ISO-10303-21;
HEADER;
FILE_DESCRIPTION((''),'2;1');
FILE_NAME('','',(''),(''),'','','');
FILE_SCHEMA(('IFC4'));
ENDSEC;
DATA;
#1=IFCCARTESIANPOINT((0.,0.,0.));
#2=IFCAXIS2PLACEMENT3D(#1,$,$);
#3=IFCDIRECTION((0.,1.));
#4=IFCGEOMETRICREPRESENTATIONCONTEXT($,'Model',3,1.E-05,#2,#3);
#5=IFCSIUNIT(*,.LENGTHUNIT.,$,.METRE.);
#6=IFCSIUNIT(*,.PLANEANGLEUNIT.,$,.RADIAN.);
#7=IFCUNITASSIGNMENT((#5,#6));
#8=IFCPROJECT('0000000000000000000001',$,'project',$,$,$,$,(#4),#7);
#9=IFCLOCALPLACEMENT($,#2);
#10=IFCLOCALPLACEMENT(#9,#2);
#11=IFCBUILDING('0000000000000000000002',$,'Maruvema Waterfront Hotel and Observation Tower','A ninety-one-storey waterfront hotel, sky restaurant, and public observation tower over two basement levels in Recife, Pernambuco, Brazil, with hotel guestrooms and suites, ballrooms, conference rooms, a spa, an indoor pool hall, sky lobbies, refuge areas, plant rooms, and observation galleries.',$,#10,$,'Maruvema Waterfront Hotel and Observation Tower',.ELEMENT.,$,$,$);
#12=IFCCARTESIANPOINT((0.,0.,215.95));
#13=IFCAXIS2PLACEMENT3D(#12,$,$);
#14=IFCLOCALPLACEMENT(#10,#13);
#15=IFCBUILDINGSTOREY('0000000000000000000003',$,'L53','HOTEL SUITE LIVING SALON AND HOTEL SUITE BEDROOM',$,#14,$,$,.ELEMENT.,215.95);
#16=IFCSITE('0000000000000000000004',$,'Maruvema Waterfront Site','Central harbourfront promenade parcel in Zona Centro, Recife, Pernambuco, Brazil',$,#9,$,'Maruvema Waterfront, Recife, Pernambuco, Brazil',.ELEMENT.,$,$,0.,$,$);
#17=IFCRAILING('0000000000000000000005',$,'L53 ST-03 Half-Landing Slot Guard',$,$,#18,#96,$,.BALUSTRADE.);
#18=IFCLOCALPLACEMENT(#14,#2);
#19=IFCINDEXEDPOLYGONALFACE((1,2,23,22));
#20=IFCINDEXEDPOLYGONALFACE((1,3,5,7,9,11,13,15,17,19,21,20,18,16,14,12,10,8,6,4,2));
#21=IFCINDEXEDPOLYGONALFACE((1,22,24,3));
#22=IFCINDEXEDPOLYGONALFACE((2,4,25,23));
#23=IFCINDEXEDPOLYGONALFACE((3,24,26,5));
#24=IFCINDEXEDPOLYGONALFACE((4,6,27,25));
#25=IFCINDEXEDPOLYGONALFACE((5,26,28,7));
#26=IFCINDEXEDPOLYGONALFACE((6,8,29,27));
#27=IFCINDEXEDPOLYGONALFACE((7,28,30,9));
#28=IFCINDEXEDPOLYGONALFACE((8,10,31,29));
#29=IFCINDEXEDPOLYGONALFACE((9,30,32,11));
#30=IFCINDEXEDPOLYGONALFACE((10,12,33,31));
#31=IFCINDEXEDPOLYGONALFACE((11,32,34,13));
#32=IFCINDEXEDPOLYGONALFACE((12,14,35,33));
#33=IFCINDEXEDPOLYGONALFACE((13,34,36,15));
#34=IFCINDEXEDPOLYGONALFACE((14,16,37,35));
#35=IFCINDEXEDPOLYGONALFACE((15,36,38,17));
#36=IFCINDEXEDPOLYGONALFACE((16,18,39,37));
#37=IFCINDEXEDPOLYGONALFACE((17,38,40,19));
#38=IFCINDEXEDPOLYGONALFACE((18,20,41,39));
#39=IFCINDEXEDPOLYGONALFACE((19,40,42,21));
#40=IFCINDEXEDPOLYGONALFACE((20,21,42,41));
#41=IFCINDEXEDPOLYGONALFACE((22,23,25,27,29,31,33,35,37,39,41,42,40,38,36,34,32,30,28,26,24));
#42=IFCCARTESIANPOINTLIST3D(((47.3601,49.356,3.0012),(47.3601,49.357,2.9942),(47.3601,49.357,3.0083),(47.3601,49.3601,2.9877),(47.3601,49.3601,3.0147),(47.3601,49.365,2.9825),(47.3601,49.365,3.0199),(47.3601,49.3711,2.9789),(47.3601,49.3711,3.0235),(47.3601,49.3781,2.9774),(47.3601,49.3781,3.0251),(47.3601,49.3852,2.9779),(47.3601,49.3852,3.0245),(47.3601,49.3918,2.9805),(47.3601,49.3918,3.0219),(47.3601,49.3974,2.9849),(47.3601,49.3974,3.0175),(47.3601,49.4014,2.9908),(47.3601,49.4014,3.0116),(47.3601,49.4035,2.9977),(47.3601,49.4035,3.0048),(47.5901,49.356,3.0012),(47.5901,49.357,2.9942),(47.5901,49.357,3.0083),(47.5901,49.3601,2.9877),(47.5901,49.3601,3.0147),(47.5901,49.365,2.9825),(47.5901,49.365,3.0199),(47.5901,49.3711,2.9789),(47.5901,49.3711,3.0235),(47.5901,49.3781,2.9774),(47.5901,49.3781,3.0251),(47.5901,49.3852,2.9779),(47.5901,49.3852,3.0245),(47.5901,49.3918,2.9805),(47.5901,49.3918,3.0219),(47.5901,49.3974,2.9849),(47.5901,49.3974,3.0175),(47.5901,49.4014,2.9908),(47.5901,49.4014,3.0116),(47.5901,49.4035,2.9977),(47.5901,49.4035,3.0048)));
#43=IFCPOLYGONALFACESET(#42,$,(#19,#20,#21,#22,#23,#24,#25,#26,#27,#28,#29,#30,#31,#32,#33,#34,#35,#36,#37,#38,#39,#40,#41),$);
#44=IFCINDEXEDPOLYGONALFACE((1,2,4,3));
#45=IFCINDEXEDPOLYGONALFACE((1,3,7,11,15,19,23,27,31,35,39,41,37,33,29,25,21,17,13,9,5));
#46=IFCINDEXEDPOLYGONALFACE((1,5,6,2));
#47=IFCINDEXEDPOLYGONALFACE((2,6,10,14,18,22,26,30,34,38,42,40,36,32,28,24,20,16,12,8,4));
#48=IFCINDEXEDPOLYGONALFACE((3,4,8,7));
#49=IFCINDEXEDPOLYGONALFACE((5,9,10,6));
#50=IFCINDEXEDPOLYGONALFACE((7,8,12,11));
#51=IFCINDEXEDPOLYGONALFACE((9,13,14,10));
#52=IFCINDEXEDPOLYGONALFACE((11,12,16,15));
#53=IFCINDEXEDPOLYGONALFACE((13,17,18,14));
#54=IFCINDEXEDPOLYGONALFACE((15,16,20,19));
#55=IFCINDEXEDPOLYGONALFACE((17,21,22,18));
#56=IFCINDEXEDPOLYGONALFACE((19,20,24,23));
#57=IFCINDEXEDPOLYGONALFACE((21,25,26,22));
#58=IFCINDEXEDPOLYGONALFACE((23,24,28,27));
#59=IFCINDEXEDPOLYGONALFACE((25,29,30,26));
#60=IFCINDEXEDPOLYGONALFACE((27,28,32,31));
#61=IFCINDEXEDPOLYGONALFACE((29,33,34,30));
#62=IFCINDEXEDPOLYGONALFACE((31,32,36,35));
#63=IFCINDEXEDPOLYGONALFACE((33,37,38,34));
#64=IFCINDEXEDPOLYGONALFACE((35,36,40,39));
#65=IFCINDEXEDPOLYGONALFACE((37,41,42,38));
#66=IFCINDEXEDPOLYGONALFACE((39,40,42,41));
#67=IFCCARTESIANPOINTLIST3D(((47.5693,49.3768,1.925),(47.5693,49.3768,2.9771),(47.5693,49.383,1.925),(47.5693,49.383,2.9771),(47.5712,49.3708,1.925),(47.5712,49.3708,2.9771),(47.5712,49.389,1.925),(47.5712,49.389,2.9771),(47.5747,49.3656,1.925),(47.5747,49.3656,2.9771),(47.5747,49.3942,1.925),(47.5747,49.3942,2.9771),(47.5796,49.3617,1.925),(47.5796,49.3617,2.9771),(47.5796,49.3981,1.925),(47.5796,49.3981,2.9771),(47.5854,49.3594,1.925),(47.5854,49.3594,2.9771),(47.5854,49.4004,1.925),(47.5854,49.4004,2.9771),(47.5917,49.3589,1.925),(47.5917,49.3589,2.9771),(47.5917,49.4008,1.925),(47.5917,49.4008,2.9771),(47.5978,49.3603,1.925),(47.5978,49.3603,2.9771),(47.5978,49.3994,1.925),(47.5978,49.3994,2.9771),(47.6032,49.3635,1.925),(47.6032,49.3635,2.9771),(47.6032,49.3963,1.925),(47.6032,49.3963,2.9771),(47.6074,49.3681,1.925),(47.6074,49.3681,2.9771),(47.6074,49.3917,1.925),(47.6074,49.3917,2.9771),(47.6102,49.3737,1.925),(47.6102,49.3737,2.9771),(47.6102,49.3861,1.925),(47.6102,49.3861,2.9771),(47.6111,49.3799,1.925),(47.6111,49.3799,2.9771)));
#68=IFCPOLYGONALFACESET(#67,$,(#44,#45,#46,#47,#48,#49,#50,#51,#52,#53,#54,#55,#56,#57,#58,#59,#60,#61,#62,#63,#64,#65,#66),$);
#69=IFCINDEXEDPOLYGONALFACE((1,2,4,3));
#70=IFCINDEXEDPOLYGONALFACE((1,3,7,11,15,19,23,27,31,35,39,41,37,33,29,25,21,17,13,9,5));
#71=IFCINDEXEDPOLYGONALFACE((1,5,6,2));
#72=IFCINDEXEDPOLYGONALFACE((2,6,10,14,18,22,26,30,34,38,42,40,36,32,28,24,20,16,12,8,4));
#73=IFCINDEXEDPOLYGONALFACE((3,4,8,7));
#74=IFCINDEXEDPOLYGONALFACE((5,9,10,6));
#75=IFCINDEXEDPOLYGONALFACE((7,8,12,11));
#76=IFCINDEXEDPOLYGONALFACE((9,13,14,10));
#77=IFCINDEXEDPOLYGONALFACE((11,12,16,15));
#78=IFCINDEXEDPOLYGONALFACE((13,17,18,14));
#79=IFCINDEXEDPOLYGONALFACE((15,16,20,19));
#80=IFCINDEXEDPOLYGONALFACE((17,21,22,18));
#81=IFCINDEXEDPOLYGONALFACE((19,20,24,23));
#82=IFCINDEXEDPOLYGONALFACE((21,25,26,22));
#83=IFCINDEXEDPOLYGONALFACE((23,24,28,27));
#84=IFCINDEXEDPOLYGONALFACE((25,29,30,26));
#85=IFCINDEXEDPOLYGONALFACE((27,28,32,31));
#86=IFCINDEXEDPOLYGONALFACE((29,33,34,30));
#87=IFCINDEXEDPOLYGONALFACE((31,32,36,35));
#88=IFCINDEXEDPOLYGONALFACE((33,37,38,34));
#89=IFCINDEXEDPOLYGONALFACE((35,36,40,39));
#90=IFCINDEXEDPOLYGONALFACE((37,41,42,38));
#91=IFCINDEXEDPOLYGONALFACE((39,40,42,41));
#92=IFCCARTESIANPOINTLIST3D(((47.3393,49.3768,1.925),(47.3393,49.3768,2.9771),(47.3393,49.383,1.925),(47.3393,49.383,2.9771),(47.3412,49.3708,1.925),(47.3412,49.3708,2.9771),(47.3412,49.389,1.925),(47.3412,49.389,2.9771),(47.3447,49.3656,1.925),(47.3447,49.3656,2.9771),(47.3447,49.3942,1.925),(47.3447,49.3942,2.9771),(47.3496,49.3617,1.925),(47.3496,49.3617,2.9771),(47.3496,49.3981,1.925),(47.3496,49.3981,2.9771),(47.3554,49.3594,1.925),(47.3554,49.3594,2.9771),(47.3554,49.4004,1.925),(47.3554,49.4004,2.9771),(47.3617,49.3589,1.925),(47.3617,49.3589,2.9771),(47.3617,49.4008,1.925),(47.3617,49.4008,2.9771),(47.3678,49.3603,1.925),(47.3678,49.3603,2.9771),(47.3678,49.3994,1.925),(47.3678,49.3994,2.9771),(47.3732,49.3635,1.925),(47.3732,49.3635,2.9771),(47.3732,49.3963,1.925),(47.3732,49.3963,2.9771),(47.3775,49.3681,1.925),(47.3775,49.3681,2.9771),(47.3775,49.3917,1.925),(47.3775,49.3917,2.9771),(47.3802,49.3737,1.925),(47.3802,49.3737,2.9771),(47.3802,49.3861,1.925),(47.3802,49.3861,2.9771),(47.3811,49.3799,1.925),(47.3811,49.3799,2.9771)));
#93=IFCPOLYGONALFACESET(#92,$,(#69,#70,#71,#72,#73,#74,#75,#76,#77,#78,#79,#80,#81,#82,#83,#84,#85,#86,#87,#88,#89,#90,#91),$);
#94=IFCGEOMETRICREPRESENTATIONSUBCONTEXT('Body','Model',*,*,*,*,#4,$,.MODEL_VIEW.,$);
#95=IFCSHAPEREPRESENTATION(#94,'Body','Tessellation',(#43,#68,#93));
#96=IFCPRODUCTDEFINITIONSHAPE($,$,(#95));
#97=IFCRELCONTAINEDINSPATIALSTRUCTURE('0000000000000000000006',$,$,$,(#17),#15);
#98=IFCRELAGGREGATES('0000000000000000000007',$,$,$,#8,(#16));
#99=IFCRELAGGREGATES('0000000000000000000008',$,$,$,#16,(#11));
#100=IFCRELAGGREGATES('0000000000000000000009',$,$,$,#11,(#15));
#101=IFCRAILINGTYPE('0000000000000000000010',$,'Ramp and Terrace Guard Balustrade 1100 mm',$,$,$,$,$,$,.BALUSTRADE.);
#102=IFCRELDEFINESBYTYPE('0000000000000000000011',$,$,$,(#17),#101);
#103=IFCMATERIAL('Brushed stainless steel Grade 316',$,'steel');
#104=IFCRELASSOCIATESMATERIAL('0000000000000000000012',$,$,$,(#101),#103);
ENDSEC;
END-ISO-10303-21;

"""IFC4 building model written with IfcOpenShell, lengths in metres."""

from ifc_helpers import new_model, si_unit, direction, frame, origin, origin_2d, place, context, subcontext, project, spatial, circle, extrude, material, type_object, element, save


model = new_model("IFC4")

# Units and contexts
model_context = context("Model", 3, precision=1e-05, world=origin(), true_north=direction((0.0, 1.0)))
body_context = subcontext(model_context, "Body", "Model", "MODEL_VIEW")
ifc_project = project(units=[si_unit("LENGTHUNIT", "METRE"), si_unit("PLANEANGLEUNIT", "RADIAN")], contexts=[model_context])

# Site, building, storey
site_placement = place(None, origin())
site = spatial("IfcSite", under=ifc_project, at=site_placement, Name="Maruvema Waterfront Site", Description="Central harbourfront promenade parcel in Zona Centro, Recife, Pernambuco, Brazil", LongName="Maruvema Waterfront, Recife, Pernambuco, Brazil", CompositionType="ELEMENT", RefElevation=0.0)
building_placement = place(site_placement, origin())
building = spatial("IfcBuilding", under=site, at=building_placement, Name="Maruvema Waterfront Hotel and Observation Tower", Description="A ninety-one-storey waterfront hotel, sky restaurant, and public observation tower over two basement levels in Recife, Pernambuco, Brazil, with hotel guestrooms and suites, ballrooms, conference rooms, a spa, an indoor pool hall, sky lobbies, refuge areas, plant rooms, and observation galleries.", LongName="Maruvema Waterfront Hotel and Observation Tower", CompositionType="ELEMENT")
storey_placement = place(building_placement, frame((0.0, 0.0, 215.95)))
storey = spatial("IfcBuildingStorey", under=building, at=storey_placement, Name="L53", Description="HOTEL SUITE LIVING SALON AND HOTEL SUITE BEDROOM", CompositionType="ELEMENT", Elevation=215.95)

# Railing
ifc_material_1 = material(Name="Brushed stainless steel Grade 316", Category="steel")
railing_type_1 = type_object("IfcRailingType", Name="Ramp and Terrace Guard Balustrade 1100 mm", PredefinedType="BALUSTRADE", material=ifc_material_1)
railing_1_placement = place(storey_placement, frame((47.5901, 49.3799, 1.925)))
element("IfcRailing", 1, at=railing_1_placement, inside=storey, type_object=railing_type_1, Name="L53 ST-03 Half-Landing Slot Guard", PredefinedType="BALUSTRADE", context=body_context, shape_type="SweptSolid", body=[
    extrude(circle(Radius=0.0239, at=origin_2d()), frame((0.0, 0.0, 1.0762), z_axis=(-1.0, 0.0, 0.0), x_axis=(0.0, -1.0, 0.0)), (0.0, 0.0, 1.0), 0.23),
    extrude(circle(Radius=0.021, at=origin_2d()), origin(), (0.0, 0.0, 1.0), 1.052),
    extrude(circle(Radius=0.021, at=origin_2d()), frame((-0.23, 0.0, 0.0)), (0.0, 0.0, 1.0), 1.052),
])

save(model, "model.ifc")
